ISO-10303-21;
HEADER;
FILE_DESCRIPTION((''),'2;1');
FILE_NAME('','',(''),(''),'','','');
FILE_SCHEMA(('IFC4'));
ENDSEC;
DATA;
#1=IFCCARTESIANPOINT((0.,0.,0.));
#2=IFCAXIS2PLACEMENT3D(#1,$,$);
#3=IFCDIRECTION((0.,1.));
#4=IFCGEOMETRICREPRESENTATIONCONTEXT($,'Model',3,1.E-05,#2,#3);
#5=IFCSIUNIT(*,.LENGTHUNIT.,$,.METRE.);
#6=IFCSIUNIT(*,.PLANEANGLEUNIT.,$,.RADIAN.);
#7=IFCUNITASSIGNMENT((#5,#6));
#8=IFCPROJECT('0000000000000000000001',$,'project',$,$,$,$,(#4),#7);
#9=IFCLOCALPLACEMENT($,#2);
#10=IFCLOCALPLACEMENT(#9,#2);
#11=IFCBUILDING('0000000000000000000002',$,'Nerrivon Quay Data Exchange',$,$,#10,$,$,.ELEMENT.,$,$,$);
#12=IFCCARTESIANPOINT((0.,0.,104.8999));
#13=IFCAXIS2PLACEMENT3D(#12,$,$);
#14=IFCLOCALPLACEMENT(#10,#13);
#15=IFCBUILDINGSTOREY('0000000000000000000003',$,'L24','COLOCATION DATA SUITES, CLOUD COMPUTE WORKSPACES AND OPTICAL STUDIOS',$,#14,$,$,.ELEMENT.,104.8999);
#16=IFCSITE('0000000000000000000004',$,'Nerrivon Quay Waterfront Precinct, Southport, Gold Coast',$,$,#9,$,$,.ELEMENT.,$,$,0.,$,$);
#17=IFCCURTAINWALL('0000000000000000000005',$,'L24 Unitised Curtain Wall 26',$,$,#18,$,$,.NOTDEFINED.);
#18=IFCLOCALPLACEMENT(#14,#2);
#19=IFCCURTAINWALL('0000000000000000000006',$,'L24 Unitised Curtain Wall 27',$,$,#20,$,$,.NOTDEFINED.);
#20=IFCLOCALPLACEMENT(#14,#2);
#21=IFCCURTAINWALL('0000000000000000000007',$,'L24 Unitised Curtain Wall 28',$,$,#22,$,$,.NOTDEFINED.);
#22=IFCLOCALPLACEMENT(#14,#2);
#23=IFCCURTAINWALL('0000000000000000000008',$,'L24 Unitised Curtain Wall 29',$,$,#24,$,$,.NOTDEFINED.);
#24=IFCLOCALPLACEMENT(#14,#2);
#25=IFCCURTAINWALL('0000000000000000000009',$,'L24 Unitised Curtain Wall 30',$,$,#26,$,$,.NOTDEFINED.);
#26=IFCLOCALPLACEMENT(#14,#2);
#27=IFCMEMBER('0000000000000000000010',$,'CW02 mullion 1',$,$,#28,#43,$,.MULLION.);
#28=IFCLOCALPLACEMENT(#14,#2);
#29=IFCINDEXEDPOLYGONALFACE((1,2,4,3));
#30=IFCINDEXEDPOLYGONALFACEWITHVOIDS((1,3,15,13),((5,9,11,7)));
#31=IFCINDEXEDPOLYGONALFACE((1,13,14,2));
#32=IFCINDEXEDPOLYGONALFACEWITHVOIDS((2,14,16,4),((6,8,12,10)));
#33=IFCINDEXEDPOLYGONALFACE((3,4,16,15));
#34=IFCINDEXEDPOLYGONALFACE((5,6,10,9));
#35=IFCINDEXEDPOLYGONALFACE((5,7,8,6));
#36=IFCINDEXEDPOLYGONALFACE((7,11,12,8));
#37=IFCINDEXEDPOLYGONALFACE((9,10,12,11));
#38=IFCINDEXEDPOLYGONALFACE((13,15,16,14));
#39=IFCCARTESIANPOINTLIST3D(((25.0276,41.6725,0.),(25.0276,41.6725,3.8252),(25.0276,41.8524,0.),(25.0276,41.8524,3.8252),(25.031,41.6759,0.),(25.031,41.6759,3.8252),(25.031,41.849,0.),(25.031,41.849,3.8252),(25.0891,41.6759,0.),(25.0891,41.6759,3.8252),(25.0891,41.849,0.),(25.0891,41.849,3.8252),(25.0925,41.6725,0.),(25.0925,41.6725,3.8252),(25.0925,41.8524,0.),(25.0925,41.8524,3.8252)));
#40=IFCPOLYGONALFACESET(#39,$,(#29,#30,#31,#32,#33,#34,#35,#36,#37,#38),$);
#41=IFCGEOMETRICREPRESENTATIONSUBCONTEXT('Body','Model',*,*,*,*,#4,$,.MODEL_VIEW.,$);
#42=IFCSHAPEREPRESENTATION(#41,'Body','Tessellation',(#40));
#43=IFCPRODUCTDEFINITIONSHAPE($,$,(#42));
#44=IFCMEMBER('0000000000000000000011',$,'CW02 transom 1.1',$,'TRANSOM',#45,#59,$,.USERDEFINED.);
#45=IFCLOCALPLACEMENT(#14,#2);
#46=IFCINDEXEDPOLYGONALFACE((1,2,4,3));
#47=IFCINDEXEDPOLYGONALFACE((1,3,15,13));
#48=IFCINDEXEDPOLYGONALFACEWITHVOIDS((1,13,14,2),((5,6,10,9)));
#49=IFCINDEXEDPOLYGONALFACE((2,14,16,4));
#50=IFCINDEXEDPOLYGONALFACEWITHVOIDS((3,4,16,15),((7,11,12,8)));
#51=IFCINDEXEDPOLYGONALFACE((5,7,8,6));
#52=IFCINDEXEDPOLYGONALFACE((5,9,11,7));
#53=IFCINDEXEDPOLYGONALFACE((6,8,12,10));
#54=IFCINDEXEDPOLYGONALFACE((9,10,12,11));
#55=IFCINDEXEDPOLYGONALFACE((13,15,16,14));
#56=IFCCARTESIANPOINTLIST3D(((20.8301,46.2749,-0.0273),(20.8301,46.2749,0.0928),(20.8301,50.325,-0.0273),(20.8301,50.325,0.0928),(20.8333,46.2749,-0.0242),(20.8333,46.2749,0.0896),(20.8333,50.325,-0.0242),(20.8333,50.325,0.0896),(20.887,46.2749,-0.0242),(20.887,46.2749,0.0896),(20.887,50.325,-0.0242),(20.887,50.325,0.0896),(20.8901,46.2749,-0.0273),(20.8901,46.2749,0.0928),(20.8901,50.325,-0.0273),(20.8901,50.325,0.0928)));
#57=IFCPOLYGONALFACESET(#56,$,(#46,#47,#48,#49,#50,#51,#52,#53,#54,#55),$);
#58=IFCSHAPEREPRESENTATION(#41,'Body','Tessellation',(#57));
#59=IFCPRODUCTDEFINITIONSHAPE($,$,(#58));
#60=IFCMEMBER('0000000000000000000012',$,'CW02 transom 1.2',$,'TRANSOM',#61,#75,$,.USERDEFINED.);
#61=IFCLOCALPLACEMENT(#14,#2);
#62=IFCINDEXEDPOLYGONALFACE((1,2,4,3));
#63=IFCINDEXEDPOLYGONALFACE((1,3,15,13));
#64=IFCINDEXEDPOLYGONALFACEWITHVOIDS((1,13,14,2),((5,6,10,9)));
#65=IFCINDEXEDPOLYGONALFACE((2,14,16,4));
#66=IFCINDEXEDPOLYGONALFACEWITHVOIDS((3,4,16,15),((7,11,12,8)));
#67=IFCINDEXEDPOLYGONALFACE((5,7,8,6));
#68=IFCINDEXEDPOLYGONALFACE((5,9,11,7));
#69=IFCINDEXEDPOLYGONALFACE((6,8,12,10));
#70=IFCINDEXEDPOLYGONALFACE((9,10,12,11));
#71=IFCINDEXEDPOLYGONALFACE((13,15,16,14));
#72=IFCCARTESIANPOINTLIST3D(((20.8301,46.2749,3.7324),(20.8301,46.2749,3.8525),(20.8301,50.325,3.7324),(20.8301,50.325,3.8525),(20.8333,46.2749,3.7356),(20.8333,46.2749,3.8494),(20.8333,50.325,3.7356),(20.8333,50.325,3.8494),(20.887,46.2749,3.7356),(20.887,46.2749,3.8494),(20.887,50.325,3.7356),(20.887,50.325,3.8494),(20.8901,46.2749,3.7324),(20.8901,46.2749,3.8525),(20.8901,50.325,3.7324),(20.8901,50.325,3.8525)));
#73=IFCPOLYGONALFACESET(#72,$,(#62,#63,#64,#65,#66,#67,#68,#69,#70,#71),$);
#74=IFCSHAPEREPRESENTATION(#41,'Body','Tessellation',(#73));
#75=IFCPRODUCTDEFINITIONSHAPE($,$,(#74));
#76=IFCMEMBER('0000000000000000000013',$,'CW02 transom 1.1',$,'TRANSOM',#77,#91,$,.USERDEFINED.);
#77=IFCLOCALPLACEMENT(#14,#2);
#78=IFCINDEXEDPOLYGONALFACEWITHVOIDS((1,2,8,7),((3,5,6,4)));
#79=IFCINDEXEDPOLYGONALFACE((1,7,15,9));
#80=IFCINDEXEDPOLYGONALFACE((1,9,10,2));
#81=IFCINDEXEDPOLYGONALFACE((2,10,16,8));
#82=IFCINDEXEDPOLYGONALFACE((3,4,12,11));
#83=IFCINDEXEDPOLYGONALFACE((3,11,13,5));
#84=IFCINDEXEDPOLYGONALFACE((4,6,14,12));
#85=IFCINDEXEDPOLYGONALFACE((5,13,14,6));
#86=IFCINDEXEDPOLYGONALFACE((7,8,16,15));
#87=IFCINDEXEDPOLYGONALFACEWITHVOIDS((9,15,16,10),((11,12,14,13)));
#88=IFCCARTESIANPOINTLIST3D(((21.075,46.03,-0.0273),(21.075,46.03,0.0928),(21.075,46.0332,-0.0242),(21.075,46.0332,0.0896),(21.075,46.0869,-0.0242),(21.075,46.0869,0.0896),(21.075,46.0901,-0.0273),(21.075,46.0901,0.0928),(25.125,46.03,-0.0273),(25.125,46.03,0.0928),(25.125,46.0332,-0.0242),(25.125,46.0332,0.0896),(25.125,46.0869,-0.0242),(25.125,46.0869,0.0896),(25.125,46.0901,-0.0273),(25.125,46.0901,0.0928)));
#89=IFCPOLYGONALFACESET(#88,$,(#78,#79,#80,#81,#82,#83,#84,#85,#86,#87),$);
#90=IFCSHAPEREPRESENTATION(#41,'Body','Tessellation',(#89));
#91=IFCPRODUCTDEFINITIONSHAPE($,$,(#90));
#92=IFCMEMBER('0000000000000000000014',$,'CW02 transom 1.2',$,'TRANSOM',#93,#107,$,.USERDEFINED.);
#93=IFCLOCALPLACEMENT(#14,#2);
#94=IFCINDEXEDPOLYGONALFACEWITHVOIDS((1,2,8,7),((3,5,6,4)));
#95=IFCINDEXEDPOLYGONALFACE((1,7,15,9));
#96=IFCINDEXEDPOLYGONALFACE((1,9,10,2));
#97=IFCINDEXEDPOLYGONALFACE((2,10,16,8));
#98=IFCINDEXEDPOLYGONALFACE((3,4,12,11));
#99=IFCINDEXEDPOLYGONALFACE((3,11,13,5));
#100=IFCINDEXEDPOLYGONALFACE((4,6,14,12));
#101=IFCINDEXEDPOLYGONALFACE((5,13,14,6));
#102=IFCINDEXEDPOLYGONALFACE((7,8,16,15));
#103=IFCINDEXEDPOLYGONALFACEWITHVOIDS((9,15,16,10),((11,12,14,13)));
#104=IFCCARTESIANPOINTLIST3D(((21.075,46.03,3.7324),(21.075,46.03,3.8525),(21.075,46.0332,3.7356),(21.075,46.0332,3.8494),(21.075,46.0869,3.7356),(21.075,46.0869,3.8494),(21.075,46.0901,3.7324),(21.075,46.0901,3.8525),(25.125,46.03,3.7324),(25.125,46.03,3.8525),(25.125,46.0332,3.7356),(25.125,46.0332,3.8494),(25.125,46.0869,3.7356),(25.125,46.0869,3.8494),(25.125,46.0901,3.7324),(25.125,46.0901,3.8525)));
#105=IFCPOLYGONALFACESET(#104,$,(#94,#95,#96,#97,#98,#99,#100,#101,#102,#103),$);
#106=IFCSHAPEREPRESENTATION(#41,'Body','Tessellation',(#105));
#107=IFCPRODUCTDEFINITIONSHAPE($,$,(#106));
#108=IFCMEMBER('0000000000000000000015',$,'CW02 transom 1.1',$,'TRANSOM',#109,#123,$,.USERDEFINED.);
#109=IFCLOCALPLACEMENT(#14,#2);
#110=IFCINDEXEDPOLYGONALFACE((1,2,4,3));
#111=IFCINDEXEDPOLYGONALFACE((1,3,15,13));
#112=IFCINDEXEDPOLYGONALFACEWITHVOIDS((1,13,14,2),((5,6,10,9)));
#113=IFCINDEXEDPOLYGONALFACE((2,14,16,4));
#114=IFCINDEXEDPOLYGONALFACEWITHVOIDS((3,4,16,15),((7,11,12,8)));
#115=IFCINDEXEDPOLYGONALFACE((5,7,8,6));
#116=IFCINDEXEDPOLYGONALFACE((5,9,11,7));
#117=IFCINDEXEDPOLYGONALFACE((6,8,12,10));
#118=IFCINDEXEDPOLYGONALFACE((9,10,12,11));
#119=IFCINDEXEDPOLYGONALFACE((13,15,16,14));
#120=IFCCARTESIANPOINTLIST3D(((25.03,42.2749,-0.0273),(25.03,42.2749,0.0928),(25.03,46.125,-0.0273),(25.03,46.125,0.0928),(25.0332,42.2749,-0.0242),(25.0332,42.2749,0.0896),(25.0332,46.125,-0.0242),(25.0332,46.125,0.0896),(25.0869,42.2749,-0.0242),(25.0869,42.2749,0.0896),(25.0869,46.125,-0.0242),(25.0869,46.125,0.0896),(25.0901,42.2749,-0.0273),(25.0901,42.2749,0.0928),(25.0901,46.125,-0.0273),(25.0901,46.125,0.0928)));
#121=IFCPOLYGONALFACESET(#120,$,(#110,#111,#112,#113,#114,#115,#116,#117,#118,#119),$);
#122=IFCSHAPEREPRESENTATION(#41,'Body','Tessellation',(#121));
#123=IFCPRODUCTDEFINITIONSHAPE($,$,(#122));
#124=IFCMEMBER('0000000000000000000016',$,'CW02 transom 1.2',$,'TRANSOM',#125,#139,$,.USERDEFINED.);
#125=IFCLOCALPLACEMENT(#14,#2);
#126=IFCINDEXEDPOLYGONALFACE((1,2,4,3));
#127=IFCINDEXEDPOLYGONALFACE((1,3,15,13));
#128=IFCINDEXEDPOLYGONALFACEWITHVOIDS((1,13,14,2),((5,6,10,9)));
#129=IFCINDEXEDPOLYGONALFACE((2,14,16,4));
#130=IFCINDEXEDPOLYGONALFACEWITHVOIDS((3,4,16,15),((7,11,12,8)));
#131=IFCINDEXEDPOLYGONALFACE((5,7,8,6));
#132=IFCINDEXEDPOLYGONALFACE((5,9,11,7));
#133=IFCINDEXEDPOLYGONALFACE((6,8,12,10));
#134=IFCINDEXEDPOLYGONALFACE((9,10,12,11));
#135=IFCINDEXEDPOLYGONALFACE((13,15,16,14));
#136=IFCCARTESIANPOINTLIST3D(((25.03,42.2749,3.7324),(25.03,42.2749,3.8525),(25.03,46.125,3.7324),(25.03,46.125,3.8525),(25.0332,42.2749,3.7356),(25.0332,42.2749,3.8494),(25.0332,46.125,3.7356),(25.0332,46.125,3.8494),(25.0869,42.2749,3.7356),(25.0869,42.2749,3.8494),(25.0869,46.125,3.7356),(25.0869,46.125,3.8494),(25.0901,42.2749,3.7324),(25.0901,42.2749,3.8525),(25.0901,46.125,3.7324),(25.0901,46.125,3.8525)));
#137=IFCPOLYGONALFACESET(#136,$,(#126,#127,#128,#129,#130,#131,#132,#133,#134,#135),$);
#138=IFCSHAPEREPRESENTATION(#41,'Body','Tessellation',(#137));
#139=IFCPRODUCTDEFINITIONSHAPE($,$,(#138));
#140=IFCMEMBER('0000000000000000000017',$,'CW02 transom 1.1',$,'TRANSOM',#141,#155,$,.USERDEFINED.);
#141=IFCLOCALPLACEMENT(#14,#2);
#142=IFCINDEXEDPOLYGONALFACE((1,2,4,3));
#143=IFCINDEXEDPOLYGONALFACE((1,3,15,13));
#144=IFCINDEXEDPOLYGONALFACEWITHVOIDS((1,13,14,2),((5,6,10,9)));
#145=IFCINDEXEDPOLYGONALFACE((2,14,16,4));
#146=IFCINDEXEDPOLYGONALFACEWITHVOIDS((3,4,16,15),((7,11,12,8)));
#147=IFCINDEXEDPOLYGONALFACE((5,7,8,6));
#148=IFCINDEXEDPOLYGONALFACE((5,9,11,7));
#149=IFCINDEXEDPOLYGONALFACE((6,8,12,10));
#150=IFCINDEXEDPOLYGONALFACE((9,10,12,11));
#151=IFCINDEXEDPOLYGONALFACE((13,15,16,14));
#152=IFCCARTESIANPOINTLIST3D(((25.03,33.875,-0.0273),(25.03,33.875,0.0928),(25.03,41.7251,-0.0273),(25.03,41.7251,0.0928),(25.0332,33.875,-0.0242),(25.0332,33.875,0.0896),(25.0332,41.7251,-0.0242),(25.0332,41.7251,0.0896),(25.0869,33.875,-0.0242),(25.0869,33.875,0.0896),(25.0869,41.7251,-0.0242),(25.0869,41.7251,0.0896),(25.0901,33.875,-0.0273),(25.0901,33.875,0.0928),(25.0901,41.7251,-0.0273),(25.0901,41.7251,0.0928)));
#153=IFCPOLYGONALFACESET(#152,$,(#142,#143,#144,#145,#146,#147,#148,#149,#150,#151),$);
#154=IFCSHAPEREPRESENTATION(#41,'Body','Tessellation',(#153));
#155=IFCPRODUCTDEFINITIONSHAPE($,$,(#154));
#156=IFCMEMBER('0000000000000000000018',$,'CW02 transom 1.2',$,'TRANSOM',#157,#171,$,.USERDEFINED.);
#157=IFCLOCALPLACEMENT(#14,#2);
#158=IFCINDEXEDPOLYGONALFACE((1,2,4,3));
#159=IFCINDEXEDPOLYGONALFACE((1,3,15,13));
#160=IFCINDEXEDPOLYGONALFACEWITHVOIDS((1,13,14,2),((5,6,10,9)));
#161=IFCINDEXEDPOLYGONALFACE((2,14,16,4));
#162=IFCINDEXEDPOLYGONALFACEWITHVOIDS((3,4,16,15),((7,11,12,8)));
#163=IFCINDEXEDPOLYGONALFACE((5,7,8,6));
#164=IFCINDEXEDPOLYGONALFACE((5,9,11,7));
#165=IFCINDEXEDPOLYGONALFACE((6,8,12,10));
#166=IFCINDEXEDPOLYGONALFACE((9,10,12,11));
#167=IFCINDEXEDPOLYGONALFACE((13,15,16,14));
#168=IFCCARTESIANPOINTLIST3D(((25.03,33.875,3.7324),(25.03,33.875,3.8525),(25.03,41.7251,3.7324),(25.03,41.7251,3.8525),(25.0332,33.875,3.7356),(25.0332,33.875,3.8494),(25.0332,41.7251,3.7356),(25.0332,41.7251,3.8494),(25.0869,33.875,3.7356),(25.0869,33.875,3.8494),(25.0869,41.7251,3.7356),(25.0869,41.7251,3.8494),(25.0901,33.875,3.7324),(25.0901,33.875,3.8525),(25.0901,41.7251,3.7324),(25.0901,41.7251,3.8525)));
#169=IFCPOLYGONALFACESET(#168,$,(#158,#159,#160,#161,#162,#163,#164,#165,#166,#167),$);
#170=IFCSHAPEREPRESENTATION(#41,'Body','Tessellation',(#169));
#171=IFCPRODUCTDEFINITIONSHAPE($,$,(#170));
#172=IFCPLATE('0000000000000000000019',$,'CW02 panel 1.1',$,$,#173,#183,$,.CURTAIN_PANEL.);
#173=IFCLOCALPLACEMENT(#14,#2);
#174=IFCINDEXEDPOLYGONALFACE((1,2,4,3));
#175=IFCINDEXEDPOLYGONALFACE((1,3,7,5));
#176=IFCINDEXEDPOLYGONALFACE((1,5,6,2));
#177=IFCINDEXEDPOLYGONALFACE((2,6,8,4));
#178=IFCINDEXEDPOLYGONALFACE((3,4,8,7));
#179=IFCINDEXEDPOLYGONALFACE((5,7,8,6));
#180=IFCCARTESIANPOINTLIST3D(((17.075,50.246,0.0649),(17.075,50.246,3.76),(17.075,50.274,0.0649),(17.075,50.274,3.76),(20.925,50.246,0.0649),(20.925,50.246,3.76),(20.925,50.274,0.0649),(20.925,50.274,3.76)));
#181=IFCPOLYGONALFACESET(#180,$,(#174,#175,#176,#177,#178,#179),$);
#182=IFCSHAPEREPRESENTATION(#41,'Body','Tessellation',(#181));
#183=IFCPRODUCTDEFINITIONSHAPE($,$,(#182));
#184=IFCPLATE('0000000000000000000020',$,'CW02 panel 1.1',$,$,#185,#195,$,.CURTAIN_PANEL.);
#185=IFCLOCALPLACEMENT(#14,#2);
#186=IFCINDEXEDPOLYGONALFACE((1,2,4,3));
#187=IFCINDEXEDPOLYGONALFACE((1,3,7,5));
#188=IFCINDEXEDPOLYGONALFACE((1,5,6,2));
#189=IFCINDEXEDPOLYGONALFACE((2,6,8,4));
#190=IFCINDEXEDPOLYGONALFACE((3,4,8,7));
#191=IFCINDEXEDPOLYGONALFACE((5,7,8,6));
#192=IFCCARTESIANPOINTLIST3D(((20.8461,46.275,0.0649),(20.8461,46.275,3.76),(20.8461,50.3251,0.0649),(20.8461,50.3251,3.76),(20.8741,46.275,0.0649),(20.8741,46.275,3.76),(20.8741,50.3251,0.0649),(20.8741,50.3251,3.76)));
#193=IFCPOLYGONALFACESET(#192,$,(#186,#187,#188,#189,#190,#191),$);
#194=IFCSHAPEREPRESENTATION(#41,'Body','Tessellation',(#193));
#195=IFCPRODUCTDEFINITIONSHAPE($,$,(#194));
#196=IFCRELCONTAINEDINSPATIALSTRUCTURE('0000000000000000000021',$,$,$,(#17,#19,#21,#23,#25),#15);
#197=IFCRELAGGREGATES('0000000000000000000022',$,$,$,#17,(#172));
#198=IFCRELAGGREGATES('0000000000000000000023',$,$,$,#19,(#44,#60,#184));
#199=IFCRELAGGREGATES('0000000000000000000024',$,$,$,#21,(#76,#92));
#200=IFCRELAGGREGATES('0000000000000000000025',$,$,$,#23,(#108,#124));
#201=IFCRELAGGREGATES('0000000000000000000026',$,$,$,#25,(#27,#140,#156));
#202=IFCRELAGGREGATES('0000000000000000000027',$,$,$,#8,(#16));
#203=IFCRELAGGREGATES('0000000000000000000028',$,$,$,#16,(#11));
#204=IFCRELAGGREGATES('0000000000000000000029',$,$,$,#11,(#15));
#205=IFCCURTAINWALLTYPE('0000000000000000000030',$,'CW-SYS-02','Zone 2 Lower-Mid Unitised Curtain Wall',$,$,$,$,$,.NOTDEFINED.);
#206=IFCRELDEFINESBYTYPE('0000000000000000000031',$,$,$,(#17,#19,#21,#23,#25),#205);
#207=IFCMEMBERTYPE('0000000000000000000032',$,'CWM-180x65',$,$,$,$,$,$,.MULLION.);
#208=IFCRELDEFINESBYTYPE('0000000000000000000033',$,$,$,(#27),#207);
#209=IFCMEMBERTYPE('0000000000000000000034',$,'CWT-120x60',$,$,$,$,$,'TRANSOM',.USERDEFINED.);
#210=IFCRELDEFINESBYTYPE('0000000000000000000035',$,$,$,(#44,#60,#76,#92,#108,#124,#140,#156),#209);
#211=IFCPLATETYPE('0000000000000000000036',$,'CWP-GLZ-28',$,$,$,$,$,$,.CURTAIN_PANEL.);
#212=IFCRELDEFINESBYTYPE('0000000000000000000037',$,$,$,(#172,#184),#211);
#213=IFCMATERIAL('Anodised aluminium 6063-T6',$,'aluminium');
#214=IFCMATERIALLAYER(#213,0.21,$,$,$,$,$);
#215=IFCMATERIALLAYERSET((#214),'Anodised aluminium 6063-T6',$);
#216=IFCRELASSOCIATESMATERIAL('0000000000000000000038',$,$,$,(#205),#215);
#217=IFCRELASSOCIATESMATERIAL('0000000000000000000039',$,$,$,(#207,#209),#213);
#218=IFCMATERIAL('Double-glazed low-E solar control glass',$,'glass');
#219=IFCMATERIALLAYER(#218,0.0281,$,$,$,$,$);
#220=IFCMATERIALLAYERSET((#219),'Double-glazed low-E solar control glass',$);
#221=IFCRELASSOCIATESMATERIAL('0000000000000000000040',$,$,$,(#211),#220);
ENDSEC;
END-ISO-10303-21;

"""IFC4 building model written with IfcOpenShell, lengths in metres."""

from ifc_helpers import new_model, si_unit, direction, frame, origin, origin_2d, place, context, subcontext, project, spatial, rectangle, hollow_rectangle, extrude, material, layer, layer_set, material_profile, profile_set, type_object, element, aggregate, save


model = new_model("IFC4")

# Units and contexts
model_context = context("Model", 3, precision=1e-05, world=origin(), true_north=direction((0.0, 1.0)))
body_context = subcontext(model_context, "Body", "Model", "MODEL_VIEW")
ifc_project = project(units=[si_unit("LENGTHUNIT", "METRE"), si_unit("PLANEANGLEUNIT", "RADIAN")], contexts=[model_context])

# Site, building, storey
site_placement = place(None, origin())
site = spatial("IfcSite", under=ifc_project, at=site_placement, Name="Nerrivon Quay Waterfront Precinct, Southport, Gold Coast", CompositionType="ELEMENT", RefElevation=0.0)
building_placement = place(site_placement, origin())
building = spatial("IfcBuilding", under=site, at=building_placement, Name="Nerrivon Quay Data Exchange", CompositionType="ELEMENT")
storey_placement = place(building_placement, frame((0.0, 0.0, 104.8999)))
storey = spatial("IfcBuildingStorey", under=building, at=storey_placement, Name="L24", Description="COLOCATION DATA SUITES, CLOUD COMPUTE WORKSPACES AND OPTICAL STUDIOS", CompositionType="ELEMENT", Elevation=104.8999)

# Curtain wall
ifc_material_1 = material(Name="Anodised aluminium 6063-T6", Category="aluminium")
ifc_layer_1 = layer(ifc_material_1, 0.21)
ifc_layer_set_1 = layer_set([ifc_layer_1], Name="Anodised aluminium 6063-T6")
curtain_wall_type = type_object("IfcCurtainWallType", Name="CW-SYS-02", Description="Zone 2 Lower-Mid Unitised Curtain Wall", PredefinedType="NOTDEFINED", material=ifc_layer_set_1)
curtain_wall_1_placement = place(storey_placement, origin())
curtain_wall_1 = element("IfcCurtainWall", 1, at=curtain_wall_1_placement, inside=storey, type_object=curtain_wall_type, Name="L24 Unitised Curtain Wall 26", PredefinedType="NOTDEFINED")
ifc_material_profile_1 = material_profile(ifc_material_1, hollow_rectangle(XDim=0.0649, YDim=0.1799, WallThickness=0.0034, at=origin_2d()), Name="ALU-MULL-180x65")
ifc_profile_set_1 = profile_set([ifc_material_profile_1], Name="Anodised aluminium 6063-T6")
member_type_1 = type_object("IfcMemberType", Name="CWM-180x65", PredefinedType="MULLION", material=ifc_profile_set_1)

# Curtain walls
curtain_wall_2_placement = place(storey_placement, origin())
curtain_wall_2 = element("IfcCurtainWall", 2, at=curtain_wall_2_placement, inside=storey, type_object=curtain_wall_type, Name="L24 Unitised Curtain Wall 27", PredefinedType="NOTDEFINED")
curtain_wall_3_placement = place(storey_placement, origin())
curtain_wall_3 = element("IfcCurtainWall", 3, at=curtain_wall_3_placement, inside=storey, type_object=curtain_wall_type, Name="L24 Unitised Curtain Wall 28", PredefinedType="NOTDEFINED")
curtain_wall_4_placement = place(storey_placement, origin())
curtain_wall_4 = element("IfcCurtainWall", 4, at=curtain_wall_4_placement, inside=storey, type_object=curtain_wall_type, Name="L24 Unitised Curtain Wall 29", PredefinedType="NOTDEFINED")

# Curtain wall, member
curtain_wall_5_placement = place(storey_placement, origin())
curtain_wall_5 = element("IfcCurtainWall", 5, at=curtain_wall_5_placement, inside=storey, type_object=curtain_wall_type, Name="L24 Unitised Curtain Wall 30", PredefinedType="NOTDEFINED")
member_1_placement = place(storey_placement, frame((25.0601, 41.7625, 0.0), z_axis=(0.0, 0.0, 1.0), x_axis=(1.0, 0.0, 0.0)))
member_1 = element("IfcMember", 6, at=member_1_placement, type_object=member_type_1, Name="CW02 mullion 1", PredefinedType="MULLION", context=body_context, shape_type="SweptSolid", body=[
    extrude(hollow_rectangle(XDim=0.0649, YDim=0.1799, WallThickness=0.0034, at=origin_2d()), origin(), (0.0, 0.0, 1.0), 3.8252),
])

# Members
ifc_material_profile_2 = material_profile(ifc_material_1, hollow_rectangle(XDim=0.0601, YDim=0.1201, WallThickness=0.0032, at=origin_2d()), Name="ALU-TRAN-120x60")
ifc_profile_set_2 = profile_set([ifc_material_profile_2], Name="Anodised aluminium 6063-T6")
member_type_2 = type_object("IfcMemberType", Name="CWT-120x60", ElementType="TRANSOM", PredefinedType="USERDEFINED", material=ifc_profile_set_2)
member_2_placement = place(storey_placement, frame((20.8601, 50.325, 0.0327), z_axis=(0.0, -1.0, 0.0), x_axis=(1.0, 0.0, 0.0)))
member_2 = element("IfcMember", 7, at=member_2_placement, type_object=member_type_2, Name="CW02 transom 1.1", ObjectType="TRANSOM", PredefinedType="USERDEFINED", context=body_context, shape_type="SweptSolid", body=[
    extrude(hollow_rectangle(XDim=0.0601, YDim=0.1201, WallThickness=0.0032, at=origin_2d()), origin(), (0.0, 0.0, 1.0), 4.05),
])
member_3_placement = place(storey_placement, frame((20.8601, 50.325, 3.7925), z_axis=(0.0, -1.0, 0.0), x_axis=(1.0, 0.0, 0.0)))
member_3 = element("IfcMember", 8, at=member_3_placement, type_object=member_type_2, Name="CW02 transom 1.2", ObjectType="TRANSOM", PredefinedType="USERDEFINED", context=body_context, shape_type="SweptSolid", body=[
    extrude(hollow_rectangle(XDim=0.0601, YDim=0.1201, WallThickness=0.0032, at=origin_2d()), origin(), (0.0, 0.0, 1.0), 4.05),
])
member_4_placement = place(storey_placement, frame((21.075, 46.0601, 0.0327), z_axis=(1.0, 0.0, 0.0), x_axis=(0.0, 1.0, 0.0)))
member_4 = element("IfcMember", 9, at=member_4_placement, type_object=member_type_2, Name="CW02 transom 1.1", ObjectType="TRANSOM", PredefinedType="USERDEFINED", context=body_context, shape_type="SweptSolid", body=[
    extrude(hollow_rectangle(XDim=0.0601, YDim=0.1201, WallThickness=0.0032, at=origin_2d()), origin(), (0.0, 0.0, 1.0), 4.05),
])
member_5_placement = place(storey_placement, frame((21.075, 46.0601, 3.7925), z_axis=(1.0, 0.0, 0.0), x_axis=(0.0, 1.0, 0.0)))
member_5 = element("IfcMember", 10, at=member_5_placement, type_object=member_type_2, Name="CW02 transom 1.2", ObjectType="TRANSOM", PredefinedType="USERDEFINED", context=body_context, shape_type="SweptSolid", body=[
    extrude(hollow_rectangle(XDim=0.0601, YDim=0.1201, WallThickness=0.0032, at=origin_2d()), origin(), (0.0, 0.0, 1.0), 4.05),
])
member_6_placement = place(storey_placement, frame((25.0601, 46.125, 0.0327), z_axis=(0.0, -1.0, 0.0), x_axis=(1.0, 0.0, 0.0)))
member_6 = element("IfcMember", 11, at=member_6_placement, type_object=member_type_2, Name="CW02 transom 1.1", ObjectType="TRANSOM", PredefinedType="USERDEFINED", context=body_context, shape_type="SweptSolid", body=[
    extrude(hollow_rectangle(XDim=0.0601, YDim=0.1201, WallThickness=0.0032, at=origin_2d()), origin(), (0.0, 0.0, 1.0), 3.8501),
])
member_7_placement = place(storey_placement, frame((25.0601, 46.125, 3.7925), z_axis=(0.0, -1.0, 0.0), x_axis=(1.0, 0.0, 0.0)))
member_7 = element("IfcMember", 12, at=member_7_placement, type_object=member_type_2, Name="CW02 transom 1.2", ObjectType="TRANSOM", PredefinedType="USERDEFINED", context=body_context, shape_type="SweptSolid", body=[
    extrude(hollow_rectangle(XDim=0.0601, YDim=0.1201, WallThickness=0.0032, at=origin_2d()), origin(), (0.0, 0.0, 1.0), 3.8501),
])
member_8_placement = place(storey_placement, frame((25.0601, 41.7251, 0.0327), z_axis=(0.0, -1.0, 0.0), x_axis=(1.0, 0.0, 0.0)))
member_8 = element("IfcMember", 13, at=member_8_placement, type_object=member_type_2, Name="CW02 transom 1.1", ObjectType="TRANSOM", PredefinedType="USERDEFINED", context=body_context, shape_type="SweptSolid", body=[
    extrude(hollow_rectangle(XDim=0.0601, YDim=0.1201, WallThickness=0.0032, at=origin_2d()), origin(), (0.0, 0.0, 1.0), 7.8501),
])
member_9_placement = place(storey_placement, frame((25.0601, 41.7251, 3.7925), z_axis=(0.0, -1.0, 0.0), x_axis=(1.0, 0.0, 0.0)))
member_9 = element("IfcMember", 14, at=member_9_placement, type_object=member_type_2, Name="CW02 transom 1.2", ObjectType="TRANSOM", PredefinedType="USERDEFINED", context=body_context, shape_type="SweptSolid", body=[
    extrude(hollow_rectangle(XDim=0.0601, YDim=0.1201, WallThickness=0.0032, at=origin_2d()), origin(), (0.0, 0.0, 1.0), 7.8501),
])

# Plates
ifc_material_2 = material(Name="Double-glazed low-E solar control glass", Category="glass")
ifc_layer_2 = layer(ifc_material_2, 0.0281)
ifc_layer_set_2 = layer_set([ifc_layer_2], Name="Double-glazed low-E solar control glass")
plate_type = type_object("IfcPlateType", Name="CWP-GLZ-28", PredefinedType="CURTAIN_PANEL", material=ifc_layer_set_2)
plate_1_placement = place(storey_placement, frame((19.0, 50.26, 0.0649), z_axis=(0.0, 0.0, 1.0), x_axis=(1.0, 0.0, 0.0)))
plate_1 = element("IfcPlate", 15, at=plate_1_placement, type_object=plate_type, Name="CW02 panel 1.1", PredefinedType="CURTAIN_PANEL", context=body_context, shape_type="SweptSolid", body=[
    extrude(rectangle(XDim=3.8501, YDim=0.0281, at=origin_2d()), origin(), (0.0, 0.0, 1.0), 3.6951),
])
aggregate(curtain_wall_1, [plate_1])
plate_2_placement = place(storey_placement, frame((20.8601, 48.3, 0.0649), z_axis=(0.0, 0.0, 1.0), x_axis=(0.0, -1.0, 0.0)))
plate_2 = element("IfcPlate", 16, at=plate_2_placement, type_object=plate_type, Name="CW02 panel 1.1", PredefinedType="CURTAIN_PANEL", context=body_context, shape_type="SweptSolid", body=[
    extrude(rectangle(XDim=4.05, YDim=0.0281, at=origin_2d()), origin(), (0.0, 0.0, 1.0), 3.6951),
])
aggregate(curtain_wall_2, [member_2, member_3, plate_2])
aggregate(curtain_wall_3, [member_4, member_5])
aggregate(curtain_wall_4, [member_6, member_7])
aggregate(curtain_wall_5, [member_1, member_8, member_9])

save(model, "model.ifc")
